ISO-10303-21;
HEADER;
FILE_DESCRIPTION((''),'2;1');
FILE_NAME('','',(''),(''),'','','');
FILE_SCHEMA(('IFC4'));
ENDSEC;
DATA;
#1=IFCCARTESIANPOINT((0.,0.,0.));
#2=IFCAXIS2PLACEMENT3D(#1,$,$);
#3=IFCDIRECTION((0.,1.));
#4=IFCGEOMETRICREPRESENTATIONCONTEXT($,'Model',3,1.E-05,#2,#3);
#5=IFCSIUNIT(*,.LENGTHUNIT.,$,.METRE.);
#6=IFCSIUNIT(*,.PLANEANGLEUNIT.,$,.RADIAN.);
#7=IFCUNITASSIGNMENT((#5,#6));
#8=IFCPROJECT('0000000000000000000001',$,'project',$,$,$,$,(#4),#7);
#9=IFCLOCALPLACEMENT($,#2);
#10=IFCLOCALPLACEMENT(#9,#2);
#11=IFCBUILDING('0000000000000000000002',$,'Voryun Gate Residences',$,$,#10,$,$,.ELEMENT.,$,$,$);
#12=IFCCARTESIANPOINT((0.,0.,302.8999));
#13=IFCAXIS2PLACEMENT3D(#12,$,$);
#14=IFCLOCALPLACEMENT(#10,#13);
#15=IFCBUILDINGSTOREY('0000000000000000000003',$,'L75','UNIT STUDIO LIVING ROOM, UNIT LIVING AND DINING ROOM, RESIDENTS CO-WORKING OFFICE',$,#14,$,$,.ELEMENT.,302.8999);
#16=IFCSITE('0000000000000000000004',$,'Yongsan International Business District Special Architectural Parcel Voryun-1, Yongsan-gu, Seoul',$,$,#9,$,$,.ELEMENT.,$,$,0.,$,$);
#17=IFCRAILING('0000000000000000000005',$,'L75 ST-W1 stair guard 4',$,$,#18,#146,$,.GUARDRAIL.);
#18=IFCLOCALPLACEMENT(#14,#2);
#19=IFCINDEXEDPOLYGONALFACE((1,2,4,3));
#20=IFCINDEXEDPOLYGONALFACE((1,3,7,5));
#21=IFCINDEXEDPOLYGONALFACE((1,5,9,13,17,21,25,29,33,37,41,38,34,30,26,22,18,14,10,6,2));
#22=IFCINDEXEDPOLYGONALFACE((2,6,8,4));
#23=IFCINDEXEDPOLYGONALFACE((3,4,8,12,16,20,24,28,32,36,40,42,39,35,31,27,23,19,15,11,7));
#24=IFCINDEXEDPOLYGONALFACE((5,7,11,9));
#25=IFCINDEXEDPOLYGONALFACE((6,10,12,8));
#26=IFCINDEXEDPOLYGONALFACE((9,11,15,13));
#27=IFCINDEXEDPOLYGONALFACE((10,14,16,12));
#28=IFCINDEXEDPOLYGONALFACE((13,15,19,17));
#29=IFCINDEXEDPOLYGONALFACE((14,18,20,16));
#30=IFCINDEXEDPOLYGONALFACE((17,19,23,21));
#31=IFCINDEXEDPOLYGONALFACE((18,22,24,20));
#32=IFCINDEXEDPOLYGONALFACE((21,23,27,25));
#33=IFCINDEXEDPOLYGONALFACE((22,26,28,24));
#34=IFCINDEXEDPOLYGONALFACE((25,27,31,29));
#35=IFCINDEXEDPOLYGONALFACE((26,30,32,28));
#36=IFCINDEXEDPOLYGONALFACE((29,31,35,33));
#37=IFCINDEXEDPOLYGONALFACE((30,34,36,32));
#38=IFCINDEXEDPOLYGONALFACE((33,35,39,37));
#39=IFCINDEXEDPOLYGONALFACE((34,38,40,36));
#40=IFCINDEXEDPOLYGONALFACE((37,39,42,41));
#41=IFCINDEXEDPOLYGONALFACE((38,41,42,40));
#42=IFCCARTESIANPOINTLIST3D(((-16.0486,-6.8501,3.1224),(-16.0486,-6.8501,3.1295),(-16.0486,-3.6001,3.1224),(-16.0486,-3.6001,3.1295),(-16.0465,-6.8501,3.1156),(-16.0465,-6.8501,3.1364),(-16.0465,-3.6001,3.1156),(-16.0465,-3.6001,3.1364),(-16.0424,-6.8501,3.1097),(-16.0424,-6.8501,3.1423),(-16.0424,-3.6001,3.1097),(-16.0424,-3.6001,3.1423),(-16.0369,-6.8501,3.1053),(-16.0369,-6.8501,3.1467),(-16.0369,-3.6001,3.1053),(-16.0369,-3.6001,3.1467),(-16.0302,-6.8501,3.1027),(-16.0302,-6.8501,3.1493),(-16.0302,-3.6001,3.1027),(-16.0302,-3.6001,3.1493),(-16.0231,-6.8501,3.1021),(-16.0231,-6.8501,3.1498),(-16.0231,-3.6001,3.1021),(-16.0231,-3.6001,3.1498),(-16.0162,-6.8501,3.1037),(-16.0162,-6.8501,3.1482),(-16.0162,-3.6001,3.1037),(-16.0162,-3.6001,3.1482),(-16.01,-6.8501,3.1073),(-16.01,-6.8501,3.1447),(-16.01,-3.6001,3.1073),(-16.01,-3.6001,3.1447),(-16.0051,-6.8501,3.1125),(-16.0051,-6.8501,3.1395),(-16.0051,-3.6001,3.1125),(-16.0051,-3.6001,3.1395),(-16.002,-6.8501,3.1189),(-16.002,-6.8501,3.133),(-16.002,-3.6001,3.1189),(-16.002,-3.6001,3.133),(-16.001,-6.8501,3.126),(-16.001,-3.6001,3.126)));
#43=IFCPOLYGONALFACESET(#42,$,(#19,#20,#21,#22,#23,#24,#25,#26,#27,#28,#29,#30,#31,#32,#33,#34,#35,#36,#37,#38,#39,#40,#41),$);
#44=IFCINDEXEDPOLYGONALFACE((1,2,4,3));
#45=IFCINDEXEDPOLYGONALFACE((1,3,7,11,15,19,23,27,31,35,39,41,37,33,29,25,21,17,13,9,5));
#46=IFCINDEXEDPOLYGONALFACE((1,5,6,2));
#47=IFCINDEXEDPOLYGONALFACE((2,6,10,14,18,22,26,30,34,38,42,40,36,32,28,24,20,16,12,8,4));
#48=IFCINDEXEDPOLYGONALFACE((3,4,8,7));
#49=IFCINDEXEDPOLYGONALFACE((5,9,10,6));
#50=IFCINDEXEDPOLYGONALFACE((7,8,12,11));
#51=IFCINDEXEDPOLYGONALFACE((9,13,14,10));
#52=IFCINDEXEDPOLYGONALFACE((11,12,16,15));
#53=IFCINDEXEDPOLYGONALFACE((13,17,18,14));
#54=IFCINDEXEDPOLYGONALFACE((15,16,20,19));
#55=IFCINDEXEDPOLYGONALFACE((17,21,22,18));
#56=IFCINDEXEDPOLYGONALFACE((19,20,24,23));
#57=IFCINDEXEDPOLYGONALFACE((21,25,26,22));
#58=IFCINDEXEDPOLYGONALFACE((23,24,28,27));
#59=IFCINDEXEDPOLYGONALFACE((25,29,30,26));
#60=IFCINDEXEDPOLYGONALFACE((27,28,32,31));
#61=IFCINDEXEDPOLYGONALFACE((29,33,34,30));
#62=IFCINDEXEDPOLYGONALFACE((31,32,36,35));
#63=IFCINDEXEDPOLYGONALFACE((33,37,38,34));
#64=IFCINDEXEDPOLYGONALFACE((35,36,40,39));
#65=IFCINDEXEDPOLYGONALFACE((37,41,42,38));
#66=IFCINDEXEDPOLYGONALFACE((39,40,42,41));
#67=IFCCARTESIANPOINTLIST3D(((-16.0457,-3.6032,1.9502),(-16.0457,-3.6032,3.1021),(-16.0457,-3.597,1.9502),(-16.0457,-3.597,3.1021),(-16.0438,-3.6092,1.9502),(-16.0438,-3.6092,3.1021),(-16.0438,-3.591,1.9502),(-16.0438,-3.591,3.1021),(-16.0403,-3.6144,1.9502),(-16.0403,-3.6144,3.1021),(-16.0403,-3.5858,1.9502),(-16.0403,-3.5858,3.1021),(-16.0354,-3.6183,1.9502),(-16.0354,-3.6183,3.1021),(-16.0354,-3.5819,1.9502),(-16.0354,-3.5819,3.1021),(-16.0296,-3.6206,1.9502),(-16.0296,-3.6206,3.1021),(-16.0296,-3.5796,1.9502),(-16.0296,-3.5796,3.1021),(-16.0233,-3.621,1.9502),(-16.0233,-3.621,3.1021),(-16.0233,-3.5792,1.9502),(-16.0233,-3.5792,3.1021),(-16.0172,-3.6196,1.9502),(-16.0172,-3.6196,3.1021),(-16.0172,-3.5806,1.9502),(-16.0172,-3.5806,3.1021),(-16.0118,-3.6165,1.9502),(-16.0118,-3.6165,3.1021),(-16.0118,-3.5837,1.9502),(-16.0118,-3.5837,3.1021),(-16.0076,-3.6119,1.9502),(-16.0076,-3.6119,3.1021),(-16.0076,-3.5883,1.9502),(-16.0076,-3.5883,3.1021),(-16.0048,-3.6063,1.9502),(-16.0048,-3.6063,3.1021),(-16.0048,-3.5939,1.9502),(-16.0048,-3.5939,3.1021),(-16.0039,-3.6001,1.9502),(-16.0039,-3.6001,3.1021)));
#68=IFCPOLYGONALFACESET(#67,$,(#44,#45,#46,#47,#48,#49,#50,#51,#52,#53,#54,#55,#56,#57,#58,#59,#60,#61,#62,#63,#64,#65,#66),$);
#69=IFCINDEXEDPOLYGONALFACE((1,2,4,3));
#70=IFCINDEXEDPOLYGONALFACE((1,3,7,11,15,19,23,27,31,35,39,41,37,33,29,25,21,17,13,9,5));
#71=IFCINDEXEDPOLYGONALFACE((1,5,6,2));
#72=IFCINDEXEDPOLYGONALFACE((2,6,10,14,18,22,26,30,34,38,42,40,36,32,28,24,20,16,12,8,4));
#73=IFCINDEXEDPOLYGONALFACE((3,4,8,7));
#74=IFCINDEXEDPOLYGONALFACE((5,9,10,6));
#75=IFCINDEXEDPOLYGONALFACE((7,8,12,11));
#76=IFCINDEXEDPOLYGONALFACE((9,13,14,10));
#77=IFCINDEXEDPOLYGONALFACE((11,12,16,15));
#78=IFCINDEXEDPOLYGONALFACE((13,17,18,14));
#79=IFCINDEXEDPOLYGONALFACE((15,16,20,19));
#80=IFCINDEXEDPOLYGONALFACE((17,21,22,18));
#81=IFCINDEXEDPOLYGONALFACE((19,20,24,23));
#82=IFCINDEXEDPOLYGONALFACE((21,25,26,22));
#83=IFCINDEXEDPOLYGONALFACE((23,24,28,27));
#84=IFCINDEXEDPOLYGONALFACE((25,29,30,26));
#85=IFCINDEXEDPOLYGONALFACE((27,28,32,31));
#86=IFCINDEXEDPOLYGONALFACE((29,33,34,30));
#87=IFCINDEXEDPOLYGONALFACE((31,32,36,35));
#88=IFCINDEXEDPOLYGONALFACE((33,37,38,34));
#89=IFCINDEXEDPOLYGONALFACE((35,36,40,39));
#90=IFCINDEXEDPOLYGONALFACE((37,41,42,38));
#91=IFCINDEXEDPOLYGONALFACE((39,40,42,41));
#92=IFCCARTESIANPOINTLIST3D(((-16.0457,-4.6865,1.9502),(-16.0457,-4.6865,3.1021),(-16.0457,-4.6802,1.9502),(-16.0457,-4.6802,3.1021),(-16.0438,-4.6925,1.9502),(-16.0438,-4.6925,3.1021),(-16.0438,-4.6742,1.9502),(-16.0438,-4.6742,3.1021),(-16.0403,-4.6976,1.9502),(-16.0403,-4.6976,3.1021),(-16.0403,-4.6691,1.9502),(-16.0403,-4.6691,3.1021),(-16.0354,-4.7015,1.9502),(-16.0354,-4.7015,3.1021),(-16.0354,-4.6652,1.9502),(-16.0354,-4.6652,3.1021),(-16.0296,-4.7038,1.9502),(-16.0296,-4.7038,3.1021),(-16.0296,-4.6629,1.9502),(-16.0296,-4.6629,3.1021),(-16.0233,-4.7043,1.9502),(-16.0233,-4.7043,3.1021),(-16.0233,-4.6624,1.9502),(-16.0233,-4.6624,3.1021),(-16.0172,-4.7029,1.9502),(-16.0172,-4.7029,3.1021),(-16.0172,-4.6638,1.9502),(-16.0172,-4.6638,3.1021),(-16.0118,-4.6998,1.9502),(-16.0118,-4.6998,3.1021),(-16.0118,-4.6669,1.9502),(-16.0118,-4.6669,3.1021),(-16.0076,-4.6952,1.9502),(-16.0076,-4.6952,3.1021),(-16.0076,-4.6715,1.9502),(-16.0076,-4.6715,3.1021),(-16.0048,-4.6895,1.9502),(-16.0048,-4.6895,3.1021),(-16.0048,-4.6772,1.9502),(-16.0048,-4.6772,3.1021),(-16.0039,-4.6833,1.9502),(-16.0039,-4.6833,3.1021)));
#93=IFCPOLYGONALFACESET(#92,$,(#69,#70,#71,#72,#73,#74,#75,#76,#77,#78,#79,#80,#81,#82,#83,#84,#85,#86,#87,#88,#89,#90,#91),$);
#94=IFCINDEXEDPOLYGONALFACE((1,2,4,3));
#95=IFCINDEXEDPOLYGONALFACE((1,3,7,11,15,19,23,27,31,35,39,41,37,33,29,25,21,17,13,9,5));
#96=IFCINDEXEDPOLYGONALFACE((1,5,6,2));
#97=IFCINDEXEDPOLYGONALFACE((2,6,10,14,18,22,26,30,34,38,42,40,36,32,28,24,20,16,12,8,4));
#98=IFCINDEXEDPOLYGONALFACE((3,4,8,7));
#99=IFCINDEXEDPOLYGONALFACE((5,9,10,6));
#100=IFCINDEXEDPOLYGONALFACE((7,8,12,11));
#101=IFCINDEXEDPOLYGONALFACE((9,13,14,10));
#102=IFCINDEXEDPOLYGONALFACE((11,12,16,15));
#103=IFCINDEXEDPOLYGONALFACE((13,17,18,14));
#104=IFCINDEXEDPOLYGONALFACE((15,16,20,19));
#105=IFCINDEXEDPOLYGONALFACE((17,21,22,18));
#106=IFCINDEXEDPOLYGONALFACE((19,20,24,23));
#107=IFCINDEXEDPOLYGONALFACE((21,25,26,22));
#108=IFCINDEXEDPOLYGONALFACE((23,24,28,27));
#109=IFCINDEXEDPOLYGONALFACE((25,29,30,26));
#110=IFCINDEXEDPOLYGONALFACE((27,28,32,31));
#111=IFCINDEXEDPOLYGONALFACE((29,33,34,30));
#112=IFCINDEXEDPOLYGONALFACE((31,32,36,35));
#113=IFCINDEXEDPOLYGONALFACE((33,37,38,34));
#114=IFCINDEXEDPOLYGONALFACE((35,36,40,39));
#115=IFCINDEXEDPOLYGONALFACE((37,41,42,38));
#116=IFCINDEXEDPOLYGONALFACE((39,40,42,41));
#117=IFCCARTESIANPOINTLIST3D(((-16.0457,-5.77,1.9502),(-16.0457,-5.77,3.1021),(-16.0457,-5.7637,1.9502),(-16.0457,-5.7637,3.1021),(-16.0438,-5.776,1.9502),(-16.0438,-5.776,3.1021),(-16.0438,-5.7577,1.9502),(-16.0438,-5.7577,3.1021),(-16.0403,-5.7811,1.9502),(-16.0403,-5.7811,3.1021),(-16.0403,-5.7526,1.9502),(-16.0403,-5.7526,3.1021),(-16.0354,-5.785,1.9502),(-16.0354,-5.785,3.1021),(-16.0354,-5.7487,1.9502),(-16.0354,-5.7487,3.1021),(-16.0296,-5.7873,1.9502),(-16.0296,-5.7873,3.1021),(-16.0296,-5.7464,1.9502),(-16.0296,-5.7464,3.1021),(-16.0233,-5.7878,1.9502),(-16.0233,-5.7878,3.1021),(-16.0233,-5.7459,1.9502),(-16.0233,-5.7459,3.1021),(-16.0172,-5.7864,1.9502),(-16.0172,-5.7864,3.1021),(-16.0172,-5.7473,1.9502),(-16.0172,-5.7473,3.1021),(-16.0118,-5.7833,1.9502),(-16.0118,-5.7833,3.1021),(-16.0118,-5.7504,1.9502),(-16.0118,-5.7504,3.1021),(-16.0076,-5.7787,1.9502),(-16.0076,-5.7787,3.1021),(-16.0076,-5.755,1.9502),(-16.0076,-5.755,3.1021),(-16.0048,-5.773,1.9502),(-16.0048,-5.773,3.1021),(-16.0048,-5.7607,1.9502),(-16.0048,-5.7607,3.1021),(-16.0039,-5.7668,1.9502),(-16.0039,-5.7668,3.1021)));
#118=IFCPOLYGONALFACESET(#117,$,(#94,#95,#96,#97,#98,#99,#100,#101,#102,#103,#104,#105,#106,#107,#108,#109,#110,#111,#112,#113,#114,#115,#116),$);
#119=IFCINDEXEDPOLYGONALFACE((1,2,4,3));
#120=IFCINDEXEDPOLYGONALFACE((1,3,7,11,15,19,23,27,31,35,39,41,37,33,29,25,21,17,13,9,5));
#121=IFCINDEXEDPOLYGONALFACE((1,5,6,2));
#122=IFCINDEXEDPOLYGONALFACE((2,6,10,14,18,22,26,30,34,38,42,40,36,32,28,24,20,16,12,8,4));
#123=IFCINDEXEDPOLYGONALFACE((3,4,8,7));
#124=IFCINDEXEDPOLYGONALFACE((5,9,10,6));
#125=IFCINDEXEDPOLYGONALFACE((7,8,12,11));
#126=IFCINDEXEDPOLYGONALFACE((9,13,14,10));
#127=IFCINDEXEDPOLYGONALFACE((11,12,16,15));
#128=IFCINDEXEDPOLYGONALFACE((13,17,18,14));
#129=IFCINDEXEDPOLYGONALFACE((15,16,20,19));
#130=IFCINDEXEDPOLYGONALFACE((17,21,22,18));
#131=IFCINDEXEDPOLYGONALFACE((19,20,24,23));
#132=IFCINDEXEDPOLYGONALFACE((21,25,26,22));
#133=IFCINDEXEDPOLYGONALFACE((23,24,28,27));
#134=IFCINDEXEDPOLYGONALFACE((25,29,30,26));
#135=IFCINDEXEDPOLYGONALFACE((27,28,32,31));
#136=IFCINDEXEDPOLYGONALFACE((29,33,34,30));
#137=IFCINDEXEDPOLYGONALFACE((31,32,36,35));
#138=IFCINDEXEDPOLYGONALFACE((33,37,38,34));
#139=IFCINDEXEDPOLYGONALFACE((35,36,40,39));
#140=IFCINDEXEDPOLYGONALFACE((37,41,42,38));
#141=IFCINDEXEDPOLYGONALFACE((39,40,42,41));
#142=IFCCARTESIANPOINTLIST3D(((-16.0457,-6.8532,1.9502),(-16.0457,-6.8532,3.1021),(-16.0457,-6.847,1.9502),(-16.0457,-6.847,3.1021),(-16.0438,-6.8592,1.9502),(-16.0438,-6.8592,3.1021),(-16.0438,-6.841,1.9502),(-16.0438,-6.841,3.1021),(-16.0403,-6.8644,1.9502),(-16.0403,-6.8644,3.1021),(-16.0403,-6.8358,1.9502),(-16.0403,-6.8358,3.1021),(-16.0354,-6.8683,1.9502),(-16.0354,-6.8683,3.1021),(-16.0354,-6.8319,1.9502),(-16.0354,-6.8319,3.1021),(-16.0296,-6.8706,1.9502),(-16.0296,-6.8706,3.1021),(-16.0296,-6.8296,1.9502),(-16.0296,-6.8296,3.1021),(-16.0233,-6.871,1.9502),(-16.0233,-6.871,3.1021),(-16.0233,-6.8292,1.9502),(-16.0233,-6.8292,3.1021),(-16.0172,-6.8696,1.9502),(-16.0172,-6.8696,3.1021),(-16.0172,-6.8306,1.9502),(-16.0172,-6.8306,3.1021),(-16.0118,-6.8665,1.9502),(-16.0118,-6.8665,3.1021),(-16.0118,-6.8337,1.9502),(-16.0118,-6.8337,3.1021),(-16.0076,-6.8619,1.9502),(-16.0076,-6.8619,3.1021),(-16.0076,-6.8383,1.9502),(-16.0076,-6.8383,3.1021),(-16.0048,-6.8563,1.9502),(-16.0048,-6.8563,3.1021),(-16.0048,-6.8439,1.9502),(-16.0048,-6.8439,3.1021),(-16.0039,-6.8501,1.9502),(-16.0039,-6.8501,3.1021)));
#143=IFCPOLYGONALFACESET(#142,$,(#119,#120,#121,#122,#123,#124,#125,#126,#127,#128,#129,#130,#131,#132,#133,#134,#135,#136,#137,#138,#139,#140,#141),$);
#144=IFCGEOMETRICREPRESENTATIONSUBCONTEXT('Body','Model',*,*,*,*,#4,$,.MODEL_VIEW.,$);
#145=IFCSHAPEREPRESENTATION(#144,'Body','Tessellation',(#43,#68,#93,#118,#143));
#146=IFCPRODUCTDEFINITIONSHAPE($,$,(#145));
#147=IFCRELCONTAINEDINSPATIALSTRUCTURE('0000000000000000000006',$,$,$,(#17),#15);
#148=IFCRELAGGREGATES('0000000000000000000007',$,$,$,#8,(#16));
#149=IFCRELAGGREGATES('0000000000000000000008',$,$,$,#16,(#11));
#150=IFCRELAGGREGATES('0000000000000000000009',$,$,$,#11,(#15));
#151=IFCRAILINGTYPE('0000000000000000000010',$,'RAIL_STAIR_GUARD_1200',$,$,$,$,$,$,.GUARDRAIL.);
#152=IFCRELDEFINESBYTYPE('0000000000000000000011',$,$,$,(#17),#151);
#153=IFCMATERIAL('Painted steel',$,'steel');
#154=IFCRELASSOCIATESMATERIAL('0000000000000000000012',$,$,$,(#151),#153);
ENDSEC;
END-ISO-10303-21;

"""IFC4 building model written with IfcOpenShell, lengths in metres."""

from ifc_helpers import new_model, si_unit, direction, frame, origin, origin_2d, place, context, subcontext, project, spatial, circle, extrude, material, type_object, element, save


model = new_model("IFC4")

# Units and contexts
model_context = context("Model", 3, precision=1e-05, world=origin(), true_north=direction((0.0, 1.0)))
body_context = subcontext(model_context, "Body", "Model", "MODEL_VIEW")
ifc_project = project(units=[si_unit("LENGTHUNIT", "METRE"), si_unit("PLANEANGLEUNIT", "RADIAN")], contexts=[model_context])

# Site, building, storey
site_placement = place(None, origin())
site = spatial("IfcSite", under=ifc_project, at=site_placement, Name="Yongsan International Business District Special Architectural Parcel Voryun-1, Yongsan-gu, Seoul", CompositionType="ELEMENT", RefElevation=0.0)
building_placement = place(site_placement, origin())
building = spatial("IfcBuilding", under=site, at=building_placement, Name="Voryun Gate Residences", CompositionType="ELEMENT")
storey_placement = place(building_placement, frame((0.0, 0.0, 302.8999)))
storey = spatial("IfcBuildingStorey", under=building, at=storey_placement, Name="L75", Description="UNIT STUDIO LIVING ROOM, UNIT LIVING AND DINING ROOM, RESIDENTS CO-WORKING OFFICE", CompositionType="ELEMENT", Elevation=302.8999)

# Railing
ifc_material_1 = material(Name="Painted steel", Category="steel")
railing_type_1 = type_object("IfcRailingType", Name="RAIL_STAIR_GUARD_1200", PredefinedType="GUARDRAIL", material=ifc_material_1)
railing_1_placement = place(storey_placement, frame((-16.0249, -3.6001, 1.9502)))
element("IfcRailing", 1, at=railing_1_placement, inside=storey, type_object=railing_type_1, Name="L75 ST-W1 stair guard 4", PredefinedType="GUARDRAIL", context=body_context, shape_type="SweptSolid", body=[
    extrude(circle(Radius=0.0239, at=origin_2d()), frame((0.0, 0.0, 1.1758), z_axis=(0.0, -1.0, 0.0), x_axis=(1.0, 0.0, 0.0)), (0.0, 0.0, 1.0), 3.25),
    extrude(circle(Radius=0.021, at=origin_2d()), origin(), (0.0, 0.0, 1.0), 1.1519),
    extrude(circle(Radius=0.021, at=origin_2d()), frame((0.0, -1.0833, 0.0)), (0.0, 0.0, 1.0), 1.1519),
    extrude(circle(Radius=0.021, at=origin_2d()), frame((0.0, -2.1667, 0.0)), (0.0, 0.0, 1.0), 1.1519),
    extrude(circle(Radius=0.021, at=origin_2d()), frame((0.0, -3.25, 0.0)), (0.0, 0.0, 1.0), 1.1519),
])

save(model, "model.ifc")
